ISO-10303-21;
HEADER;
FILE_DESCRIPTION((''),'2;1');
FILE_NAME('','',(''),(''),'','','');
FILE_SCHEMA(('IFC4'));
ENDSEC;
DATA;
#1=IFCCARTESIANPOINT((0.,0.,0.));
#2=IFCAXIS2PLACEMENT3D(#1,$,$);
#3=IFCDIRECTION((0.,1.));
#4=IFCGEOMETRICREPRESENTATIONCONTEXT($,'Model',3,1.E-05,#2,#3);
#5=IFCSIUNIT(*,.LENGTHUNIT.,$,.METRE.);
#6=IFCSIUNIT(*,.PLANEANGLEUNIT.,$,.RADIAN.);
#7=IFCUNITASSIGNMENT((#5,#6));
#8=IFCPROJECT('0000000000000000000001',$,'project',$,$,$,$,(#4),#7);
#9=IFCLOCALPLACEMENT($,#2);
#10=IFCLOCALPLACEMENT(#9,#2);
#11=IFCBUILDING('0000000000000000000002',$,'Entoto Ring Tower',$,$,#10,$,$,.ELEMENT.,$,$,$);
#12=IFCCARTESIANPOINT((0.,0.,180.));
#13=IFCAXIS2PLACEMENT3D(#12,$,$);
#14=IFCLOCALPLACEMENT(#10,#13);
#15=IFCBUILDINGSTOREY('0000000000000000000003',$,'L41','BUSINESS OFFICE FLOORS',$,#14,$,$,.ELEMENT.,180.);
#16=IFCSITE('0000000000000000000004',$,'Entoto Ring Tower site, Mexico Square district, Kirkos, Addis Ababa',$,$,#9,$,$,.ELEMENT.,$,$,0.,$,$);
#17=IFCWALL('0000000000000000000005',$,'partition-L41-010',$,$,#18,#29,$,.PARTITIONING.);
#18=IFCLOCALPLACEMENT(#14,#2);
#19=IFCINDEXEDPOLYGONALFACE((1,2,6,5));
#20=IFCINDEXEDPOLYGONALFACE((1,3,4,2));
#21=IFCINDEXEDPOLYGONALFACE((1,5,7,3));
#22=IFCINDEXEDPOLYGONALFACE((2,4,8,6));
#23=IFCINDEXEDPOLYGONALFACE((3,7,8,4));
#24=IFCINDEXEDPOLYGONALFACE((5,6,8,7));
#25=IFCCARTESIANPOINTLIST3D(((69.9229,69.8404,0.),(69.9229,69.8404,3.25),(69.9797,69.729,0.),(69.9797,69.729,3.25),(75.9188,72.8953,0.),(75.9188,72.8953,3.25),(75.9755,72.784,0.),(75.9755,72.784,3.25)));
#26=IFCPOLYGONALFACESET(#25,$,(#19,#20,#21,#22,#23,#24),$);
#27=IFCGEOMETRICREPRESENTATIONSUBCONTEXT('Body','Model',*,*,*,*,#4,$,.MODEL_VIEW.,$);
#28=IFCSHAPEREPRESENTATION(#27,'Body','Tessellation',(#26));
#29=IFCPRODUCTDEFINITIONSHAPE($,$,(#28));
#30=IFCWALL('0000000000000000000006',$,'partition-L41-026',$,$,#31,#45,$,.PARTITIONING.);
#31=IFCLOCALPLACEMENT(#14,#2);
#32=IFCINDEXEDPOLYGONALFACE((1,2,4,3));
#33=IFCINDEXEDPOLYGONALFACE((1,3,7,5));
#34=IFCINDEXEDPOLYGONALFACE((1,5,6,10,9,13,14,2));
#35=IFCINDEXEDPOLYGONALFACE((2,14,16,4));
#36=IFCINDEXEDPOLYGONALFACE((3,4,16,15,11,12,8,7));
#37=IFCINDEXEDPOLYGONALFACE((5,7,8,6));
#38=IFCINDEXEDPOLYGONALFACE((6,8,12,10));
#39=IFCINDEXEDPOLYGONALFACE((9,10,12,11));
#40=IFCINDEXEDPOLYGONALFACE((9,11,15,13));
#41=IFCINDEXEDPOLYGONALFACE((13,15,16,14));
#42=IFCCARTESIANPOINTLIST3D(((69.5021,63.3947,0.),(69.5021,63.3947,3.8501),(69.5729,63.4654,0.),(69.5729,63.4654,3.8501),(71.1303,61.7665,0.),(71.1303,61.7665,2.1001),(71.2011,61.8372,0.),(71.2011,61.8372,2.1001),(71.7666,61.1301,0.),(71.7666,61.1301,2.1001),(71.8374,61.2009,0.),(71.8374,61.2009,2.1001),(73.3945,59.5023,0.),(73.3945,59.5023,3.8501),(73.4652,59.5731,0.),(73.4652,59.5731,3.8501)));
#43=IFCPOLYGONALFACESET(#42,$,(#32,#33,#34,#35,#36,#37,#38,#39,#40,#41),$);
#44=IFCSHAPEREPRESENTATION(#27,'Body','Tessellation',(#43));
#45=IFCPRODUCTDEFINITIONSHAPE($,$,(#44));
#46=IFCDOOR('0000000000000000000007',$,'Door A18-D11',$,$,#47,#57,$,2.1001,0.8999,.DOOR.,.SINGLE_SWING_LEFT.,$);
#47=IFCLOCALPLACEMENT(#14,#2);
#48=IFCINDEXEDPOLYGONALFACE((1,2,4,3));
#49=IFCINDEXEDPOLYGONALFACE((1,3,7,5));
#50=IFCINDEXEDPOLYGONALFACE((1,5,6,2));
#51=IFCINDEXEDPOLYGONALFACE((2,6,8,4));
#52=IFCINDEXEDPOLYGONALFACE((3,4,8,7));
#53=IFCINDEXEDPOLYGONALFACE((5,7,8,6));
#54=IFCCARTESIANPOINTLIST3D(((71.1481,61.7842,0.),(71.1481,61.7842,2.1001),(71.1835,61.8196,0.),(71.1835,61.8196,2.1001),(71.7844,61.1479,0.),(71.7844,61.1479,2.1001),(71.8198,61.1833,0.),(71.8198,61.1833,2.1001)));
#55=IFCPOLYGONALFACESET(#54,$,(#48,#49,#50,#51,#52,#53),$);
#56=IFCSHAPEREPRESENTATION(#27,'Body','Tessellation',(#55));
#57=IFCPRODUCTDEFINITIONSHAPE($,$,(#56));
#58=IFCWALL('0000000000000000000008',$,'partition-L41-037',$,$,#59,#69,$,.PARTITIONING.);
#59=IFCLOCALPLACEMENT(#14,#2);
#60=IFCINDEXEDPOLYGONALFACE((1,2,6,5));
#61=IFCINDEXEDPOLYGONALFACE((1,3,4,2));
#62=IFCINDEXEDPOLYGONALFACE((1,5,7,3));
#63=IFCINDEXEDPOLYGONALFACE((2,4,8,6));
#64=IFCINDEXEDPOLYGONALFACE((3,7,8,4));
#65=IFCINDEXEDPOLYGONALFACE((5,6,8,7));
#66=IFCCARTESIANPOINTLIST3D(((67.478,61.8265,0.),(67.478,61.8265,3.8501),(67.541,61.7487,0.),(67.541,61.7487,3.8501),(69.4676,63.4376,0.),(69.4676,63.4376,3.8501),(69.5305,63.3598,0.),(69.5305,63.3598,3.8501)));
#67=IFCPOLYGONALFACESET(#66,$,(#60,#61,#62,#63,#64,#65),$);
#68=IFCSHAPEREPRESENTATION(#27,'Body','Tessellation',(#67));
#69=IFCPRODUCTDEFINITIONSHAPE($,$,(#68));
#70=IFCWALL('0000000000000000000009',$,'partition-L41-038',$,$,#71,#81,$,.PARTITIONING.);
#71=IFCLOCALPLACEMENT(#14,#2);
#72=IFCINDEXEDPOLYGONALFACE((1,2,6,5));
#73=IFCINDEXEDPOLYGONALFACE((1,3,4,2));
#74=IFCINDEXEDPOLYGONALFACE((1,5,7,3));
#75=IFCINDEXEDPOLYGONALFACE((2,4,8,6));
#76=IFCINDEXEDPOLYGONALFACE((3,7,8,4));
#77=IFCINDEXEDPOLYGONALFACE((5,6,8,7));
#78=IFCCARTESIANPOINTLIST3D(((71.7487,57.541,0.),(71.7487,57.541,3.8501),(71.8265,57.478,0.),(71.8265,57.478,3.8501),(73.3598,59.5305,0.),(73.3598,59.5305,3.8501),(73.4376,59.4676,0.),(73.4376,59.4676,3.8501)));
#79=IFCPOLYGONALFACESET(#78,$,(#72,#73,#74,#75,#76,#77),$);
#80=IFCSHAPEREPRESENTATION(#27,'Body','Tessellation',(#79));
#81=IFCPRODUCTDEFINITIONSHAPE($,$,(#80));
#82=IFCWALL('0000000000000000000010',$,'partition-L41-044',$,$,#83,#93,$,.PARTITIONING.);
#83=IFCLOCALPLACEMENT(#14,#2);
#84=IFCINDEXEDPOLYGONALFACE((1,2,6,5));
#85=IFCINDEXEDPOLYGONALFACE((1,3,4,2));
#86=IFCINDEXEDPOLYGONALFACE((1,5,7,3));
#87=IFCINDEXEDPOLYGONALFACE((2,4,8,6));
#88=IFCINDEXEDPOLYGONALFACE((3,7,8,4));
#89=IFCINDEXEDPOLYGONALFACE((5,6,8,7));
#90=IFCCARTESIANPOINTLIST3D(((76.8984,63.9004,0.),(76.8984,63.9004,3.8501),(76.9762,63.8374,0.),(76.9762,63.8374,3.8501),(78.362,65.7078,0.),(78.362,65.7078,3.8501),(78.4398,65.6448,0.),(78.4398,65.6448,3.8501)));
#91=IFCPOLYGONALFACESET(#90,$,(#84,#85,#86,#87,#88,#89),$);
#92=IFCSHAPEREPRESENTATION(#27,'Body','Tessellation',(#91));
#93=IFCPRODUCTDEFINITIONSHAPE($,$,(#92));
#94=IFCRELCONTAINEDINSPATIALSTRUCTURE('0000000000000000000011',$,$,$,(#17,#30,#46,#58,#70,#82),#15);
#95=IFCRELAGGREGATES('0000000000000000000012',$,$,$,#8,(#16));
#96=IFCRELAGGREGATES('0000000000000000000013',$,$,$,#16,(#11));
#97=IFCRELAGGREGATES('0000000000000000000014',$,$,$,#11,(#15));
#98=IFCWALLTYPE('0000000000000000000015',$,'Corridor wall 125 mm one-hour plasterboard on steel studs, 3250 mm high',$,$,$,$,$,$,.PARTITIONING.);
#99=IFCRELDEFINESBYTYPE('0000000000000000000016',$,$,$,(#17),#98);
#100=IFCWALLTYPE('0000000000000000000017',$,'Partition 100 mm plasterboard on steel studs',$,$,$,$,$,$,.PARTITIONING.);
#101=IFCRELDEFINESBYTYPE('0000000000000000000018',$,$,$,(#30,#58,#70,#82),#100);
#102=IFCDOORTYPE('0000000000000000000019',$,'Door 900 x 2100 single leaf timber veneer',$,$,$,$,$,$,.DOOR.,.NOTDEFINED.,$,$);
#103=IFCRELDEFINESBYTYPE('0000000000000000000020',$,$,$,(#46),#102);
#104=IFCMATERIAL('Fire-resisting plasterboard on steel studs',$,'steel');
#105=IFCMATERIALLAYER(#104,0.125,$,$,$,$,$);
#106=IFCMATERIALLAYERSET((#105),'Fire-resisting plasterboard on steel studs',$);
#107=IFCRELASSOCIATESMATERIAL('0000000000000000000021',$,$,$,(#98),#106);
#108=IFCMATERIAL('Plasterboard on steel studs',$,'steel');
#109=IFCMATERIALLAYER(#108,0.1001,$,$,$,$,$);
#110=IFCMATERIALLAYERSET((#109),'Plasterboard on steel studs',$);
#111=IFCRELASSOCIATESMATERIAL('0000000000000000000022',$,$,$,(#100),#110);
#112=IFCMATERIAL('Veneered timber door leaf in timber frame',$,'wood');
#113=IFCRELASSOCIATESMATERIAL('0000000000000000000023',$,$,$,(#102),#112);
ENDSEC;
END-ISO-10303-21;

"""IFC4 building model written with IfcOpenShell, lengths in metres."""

from ifc_helpers import new_model, si_unit, direction, frame, frame_2d, origin, place, context, subcontext, project, spatial, rectangle, extrude, material, layer, layer_set, type_object, element, fill, save


model = new_model("IFC4")

# Units and contexts
model_context = context("Model", 3, precision=1e-05, world=origin(), true_north=direction((0.0, 1.0)))
body_context = subcontext(model_context, "Body", "Model", "MODEL_VIEW")
ifc_project = project(units=[si_unit("LENGTHUNIT", "METRE"), si_unit("PLANEANGLEUNIT", "RADIAN")], contexts=[model_context])

# Site, building, storey
site_placement = place(None, origin())
site = spatial("IfcSite", under=ifc_project, at=site_placement, Name="Entoto Ring Tower site, Mexico Square district, Kirkos, Addis Ababa", CompositionType="ELEMENT", RefElevation=0.0)
building_placement = place(site_placement, origin())
building = spatial("IfcBuilding", under=site, at=building_placement, Name="Entoto Ring Tower", CompositionType="ELEMENT")
storey_placement = place(building_placement, frame((0.0, 0.0, 180.0)))
storey = spatial("IfcBuildingStorey", under=building, at=storey_placement, Name="L41", Description="BUSINESS OFFICE FLOORS", CompositionType="ELEMENT", Elevation=180.0)

# Wall
ifc_material_1 = material(Name="Fire-resisting plasterboard on steel studs", Category="steel")
ifc_layer_1 = layer(ifc_material_1, 0.125)
ifc_layer_set_1 = layer_set([ifc_layer_1], Name="Fire-resisting plasterboard on steel studs")
wall_type_1 = type_object("IfcWallType", Name="Corridor wall 125 mm one-hour plasterboard on steel studs, 3250 mm high", PredefinedType="PARTITIONING", material=ifc_layer_set_1)
wall_1_placement = place(storey_placement, frame((69.9512, 69.7847, 0.0), z_axis=(0.0, 0.0, 1.0), x_axis=(0.891013, 0.453978, 0.0)))
element("IfcWall", 1, at=wall_1_placement, inside=storey, type_object=wall_type_1, Name="partition-L41-010", PredefinedType="PARTITIONING", context=body_context, shape_type="SweptSolid", body=[
    extrude(rectangle(XDim=6.7292, YDim=0.125, at=frame_2d((3.3647, 0.0))), origin(), (0.0, 0.0, 1.0), 3.25),
])

# Wall, opening, door
ifc_material_2 = material(Name="Plasterboard on steel studs", Category="steel")
ifc_layer_2 = layer(ifc_material_2, 0.1001)
ifc_layer_set_2 = layer_set([ifc_layer_2], Name="Plasterboard on steel studs")
wall_type_2 = type_object("IfcWallType", Name="Partition 100 mm plasterboard on steel studs", PredefinedType="PARTITIONING", material=ifc_layer_set_2)
wall_2_placement = place(storey_placement, frame((73.4299, 59.5376, 0.0), z_axis=(0.0, 0.0, 1.0), x_axis=(-0.707107, 0.707107, 0.0)))
wall_2 = element("IfcWall", 2, at=wall_2_placement, inside=storey, type_object=wall_type_2, Name="partition-L41-026", PredefinedType="PARTITIONING", context=body_context, shape_type="SweptSolid", body=[
    extrude(rectangle(XDim=5.5046, YDim=0.1001, at=frame_2d((2.7524, 0.0))), origin(), (0.0, 0.0, 1.0), 3.8501),
])
opening_1_placement = place(wall_2_placement, frame((2.3022, 0.0, 0.0)))
opening_1 = element("IfcOpeningElement", 3, at=opening_1_placement, cuts=wall_2, PredefinedType="OPENING", context=body_context, shape_type="SweptSolid", body=[
    extrude(rectangle(XDim=0.8999, YDim=2.1001, at=frame_2d((0.45, 1.05))), frame((0.0, 0.0601, 0.0), z_axis=(0.0, -1.0, 0.0), x_axis=(1.0, 0.0, 0.0)), (0.0, 0.0, 1.0), 0.1201),
])
ifc_material_3 = material(Name="Veneered timber door leaf in timber frame", Category="wood")
door_type_1 = type_object("IfcDoorType", Name="Door 900 x 2100 single leaf timber veneer", OperationType="NOTDEFINED", PredefinedType="DOOR", material=ifc_material_3)
door_1_placement = place(opening_1_placement, origin())
door_1 = element("IfcDoor", 4, at=door_1_placement, inside=storey, type_object=door_type_1, Name="Door A18-D11", OperationType="SINGLE_SWING_LEFT", OverallHeight=2.1001, OverallWidth=0.8999, PredefinedType="DOOR", context=body_context, shape_type="SweptSolid", body=[
    extrude(rectangle(XDim=0.8999, YDim=2.1001, at=frame_2d((0.45, 1.05))), frame((0.0, 0.0249, 0.0), z_axis=(0.0, -1.0, 0.0), x_axis=(1.0, 0.0, 0.0)), (0.0, 0.0, 1.0), 0.05),
])
fill(opening_1, door_1)

# Walls
for number, where, z_axis, x_axis, name in (
    (5, (67.5095, 61.7876, 0.0), (0.0, 0.0, 1.0), (0.777143, 0.629324, 0.0), "partition-L41-037"),
    (6, (71.7876, 57.5095, 0.0), (0.0, 0.0, 1.0), (0.629324, 0.777143, 0.0), "partition-L41-038"),
):
    element("IfcWall", number, at=place(storey_placement, frame(where, z_axis=z_axis, x_axis=x_axis)), inside=storey, type_object=wall_type_2, Name=name, PredefinedType="PARTITIONING", context=body_context, shape_type="SweptSolid", body=[
        extrude(rectangle(XDim=2.5601, YDim=0.1001, at=frame_2d((1.28, 0.0))), origin(), (0.0, 0.0, 1.0), 3.8501),
    ])
wall_3_placement = place(storey_placement, frame((76.9373, 63.8689, 0.0), z_axis=(0.0, 0.0, 1.0), x_axis=(0.629331, 0.777137, 0.0)))
element("IfcWall", 7, at=wall_3_placement, inside=storey, type_object=wall_type_2, Name="partition-L41-044", PredefinedType="PARTITIONING", context=body_context, shape_type="SweptSolid", body=[
    extrude(rectangle(XDim=2.3257, YDim=0.1001, at=frame_2d((1.1628, 0.0))), origin(), (0.0, 0.0, 1.0), 3.8501),
])

save(model, "model.ifc")
